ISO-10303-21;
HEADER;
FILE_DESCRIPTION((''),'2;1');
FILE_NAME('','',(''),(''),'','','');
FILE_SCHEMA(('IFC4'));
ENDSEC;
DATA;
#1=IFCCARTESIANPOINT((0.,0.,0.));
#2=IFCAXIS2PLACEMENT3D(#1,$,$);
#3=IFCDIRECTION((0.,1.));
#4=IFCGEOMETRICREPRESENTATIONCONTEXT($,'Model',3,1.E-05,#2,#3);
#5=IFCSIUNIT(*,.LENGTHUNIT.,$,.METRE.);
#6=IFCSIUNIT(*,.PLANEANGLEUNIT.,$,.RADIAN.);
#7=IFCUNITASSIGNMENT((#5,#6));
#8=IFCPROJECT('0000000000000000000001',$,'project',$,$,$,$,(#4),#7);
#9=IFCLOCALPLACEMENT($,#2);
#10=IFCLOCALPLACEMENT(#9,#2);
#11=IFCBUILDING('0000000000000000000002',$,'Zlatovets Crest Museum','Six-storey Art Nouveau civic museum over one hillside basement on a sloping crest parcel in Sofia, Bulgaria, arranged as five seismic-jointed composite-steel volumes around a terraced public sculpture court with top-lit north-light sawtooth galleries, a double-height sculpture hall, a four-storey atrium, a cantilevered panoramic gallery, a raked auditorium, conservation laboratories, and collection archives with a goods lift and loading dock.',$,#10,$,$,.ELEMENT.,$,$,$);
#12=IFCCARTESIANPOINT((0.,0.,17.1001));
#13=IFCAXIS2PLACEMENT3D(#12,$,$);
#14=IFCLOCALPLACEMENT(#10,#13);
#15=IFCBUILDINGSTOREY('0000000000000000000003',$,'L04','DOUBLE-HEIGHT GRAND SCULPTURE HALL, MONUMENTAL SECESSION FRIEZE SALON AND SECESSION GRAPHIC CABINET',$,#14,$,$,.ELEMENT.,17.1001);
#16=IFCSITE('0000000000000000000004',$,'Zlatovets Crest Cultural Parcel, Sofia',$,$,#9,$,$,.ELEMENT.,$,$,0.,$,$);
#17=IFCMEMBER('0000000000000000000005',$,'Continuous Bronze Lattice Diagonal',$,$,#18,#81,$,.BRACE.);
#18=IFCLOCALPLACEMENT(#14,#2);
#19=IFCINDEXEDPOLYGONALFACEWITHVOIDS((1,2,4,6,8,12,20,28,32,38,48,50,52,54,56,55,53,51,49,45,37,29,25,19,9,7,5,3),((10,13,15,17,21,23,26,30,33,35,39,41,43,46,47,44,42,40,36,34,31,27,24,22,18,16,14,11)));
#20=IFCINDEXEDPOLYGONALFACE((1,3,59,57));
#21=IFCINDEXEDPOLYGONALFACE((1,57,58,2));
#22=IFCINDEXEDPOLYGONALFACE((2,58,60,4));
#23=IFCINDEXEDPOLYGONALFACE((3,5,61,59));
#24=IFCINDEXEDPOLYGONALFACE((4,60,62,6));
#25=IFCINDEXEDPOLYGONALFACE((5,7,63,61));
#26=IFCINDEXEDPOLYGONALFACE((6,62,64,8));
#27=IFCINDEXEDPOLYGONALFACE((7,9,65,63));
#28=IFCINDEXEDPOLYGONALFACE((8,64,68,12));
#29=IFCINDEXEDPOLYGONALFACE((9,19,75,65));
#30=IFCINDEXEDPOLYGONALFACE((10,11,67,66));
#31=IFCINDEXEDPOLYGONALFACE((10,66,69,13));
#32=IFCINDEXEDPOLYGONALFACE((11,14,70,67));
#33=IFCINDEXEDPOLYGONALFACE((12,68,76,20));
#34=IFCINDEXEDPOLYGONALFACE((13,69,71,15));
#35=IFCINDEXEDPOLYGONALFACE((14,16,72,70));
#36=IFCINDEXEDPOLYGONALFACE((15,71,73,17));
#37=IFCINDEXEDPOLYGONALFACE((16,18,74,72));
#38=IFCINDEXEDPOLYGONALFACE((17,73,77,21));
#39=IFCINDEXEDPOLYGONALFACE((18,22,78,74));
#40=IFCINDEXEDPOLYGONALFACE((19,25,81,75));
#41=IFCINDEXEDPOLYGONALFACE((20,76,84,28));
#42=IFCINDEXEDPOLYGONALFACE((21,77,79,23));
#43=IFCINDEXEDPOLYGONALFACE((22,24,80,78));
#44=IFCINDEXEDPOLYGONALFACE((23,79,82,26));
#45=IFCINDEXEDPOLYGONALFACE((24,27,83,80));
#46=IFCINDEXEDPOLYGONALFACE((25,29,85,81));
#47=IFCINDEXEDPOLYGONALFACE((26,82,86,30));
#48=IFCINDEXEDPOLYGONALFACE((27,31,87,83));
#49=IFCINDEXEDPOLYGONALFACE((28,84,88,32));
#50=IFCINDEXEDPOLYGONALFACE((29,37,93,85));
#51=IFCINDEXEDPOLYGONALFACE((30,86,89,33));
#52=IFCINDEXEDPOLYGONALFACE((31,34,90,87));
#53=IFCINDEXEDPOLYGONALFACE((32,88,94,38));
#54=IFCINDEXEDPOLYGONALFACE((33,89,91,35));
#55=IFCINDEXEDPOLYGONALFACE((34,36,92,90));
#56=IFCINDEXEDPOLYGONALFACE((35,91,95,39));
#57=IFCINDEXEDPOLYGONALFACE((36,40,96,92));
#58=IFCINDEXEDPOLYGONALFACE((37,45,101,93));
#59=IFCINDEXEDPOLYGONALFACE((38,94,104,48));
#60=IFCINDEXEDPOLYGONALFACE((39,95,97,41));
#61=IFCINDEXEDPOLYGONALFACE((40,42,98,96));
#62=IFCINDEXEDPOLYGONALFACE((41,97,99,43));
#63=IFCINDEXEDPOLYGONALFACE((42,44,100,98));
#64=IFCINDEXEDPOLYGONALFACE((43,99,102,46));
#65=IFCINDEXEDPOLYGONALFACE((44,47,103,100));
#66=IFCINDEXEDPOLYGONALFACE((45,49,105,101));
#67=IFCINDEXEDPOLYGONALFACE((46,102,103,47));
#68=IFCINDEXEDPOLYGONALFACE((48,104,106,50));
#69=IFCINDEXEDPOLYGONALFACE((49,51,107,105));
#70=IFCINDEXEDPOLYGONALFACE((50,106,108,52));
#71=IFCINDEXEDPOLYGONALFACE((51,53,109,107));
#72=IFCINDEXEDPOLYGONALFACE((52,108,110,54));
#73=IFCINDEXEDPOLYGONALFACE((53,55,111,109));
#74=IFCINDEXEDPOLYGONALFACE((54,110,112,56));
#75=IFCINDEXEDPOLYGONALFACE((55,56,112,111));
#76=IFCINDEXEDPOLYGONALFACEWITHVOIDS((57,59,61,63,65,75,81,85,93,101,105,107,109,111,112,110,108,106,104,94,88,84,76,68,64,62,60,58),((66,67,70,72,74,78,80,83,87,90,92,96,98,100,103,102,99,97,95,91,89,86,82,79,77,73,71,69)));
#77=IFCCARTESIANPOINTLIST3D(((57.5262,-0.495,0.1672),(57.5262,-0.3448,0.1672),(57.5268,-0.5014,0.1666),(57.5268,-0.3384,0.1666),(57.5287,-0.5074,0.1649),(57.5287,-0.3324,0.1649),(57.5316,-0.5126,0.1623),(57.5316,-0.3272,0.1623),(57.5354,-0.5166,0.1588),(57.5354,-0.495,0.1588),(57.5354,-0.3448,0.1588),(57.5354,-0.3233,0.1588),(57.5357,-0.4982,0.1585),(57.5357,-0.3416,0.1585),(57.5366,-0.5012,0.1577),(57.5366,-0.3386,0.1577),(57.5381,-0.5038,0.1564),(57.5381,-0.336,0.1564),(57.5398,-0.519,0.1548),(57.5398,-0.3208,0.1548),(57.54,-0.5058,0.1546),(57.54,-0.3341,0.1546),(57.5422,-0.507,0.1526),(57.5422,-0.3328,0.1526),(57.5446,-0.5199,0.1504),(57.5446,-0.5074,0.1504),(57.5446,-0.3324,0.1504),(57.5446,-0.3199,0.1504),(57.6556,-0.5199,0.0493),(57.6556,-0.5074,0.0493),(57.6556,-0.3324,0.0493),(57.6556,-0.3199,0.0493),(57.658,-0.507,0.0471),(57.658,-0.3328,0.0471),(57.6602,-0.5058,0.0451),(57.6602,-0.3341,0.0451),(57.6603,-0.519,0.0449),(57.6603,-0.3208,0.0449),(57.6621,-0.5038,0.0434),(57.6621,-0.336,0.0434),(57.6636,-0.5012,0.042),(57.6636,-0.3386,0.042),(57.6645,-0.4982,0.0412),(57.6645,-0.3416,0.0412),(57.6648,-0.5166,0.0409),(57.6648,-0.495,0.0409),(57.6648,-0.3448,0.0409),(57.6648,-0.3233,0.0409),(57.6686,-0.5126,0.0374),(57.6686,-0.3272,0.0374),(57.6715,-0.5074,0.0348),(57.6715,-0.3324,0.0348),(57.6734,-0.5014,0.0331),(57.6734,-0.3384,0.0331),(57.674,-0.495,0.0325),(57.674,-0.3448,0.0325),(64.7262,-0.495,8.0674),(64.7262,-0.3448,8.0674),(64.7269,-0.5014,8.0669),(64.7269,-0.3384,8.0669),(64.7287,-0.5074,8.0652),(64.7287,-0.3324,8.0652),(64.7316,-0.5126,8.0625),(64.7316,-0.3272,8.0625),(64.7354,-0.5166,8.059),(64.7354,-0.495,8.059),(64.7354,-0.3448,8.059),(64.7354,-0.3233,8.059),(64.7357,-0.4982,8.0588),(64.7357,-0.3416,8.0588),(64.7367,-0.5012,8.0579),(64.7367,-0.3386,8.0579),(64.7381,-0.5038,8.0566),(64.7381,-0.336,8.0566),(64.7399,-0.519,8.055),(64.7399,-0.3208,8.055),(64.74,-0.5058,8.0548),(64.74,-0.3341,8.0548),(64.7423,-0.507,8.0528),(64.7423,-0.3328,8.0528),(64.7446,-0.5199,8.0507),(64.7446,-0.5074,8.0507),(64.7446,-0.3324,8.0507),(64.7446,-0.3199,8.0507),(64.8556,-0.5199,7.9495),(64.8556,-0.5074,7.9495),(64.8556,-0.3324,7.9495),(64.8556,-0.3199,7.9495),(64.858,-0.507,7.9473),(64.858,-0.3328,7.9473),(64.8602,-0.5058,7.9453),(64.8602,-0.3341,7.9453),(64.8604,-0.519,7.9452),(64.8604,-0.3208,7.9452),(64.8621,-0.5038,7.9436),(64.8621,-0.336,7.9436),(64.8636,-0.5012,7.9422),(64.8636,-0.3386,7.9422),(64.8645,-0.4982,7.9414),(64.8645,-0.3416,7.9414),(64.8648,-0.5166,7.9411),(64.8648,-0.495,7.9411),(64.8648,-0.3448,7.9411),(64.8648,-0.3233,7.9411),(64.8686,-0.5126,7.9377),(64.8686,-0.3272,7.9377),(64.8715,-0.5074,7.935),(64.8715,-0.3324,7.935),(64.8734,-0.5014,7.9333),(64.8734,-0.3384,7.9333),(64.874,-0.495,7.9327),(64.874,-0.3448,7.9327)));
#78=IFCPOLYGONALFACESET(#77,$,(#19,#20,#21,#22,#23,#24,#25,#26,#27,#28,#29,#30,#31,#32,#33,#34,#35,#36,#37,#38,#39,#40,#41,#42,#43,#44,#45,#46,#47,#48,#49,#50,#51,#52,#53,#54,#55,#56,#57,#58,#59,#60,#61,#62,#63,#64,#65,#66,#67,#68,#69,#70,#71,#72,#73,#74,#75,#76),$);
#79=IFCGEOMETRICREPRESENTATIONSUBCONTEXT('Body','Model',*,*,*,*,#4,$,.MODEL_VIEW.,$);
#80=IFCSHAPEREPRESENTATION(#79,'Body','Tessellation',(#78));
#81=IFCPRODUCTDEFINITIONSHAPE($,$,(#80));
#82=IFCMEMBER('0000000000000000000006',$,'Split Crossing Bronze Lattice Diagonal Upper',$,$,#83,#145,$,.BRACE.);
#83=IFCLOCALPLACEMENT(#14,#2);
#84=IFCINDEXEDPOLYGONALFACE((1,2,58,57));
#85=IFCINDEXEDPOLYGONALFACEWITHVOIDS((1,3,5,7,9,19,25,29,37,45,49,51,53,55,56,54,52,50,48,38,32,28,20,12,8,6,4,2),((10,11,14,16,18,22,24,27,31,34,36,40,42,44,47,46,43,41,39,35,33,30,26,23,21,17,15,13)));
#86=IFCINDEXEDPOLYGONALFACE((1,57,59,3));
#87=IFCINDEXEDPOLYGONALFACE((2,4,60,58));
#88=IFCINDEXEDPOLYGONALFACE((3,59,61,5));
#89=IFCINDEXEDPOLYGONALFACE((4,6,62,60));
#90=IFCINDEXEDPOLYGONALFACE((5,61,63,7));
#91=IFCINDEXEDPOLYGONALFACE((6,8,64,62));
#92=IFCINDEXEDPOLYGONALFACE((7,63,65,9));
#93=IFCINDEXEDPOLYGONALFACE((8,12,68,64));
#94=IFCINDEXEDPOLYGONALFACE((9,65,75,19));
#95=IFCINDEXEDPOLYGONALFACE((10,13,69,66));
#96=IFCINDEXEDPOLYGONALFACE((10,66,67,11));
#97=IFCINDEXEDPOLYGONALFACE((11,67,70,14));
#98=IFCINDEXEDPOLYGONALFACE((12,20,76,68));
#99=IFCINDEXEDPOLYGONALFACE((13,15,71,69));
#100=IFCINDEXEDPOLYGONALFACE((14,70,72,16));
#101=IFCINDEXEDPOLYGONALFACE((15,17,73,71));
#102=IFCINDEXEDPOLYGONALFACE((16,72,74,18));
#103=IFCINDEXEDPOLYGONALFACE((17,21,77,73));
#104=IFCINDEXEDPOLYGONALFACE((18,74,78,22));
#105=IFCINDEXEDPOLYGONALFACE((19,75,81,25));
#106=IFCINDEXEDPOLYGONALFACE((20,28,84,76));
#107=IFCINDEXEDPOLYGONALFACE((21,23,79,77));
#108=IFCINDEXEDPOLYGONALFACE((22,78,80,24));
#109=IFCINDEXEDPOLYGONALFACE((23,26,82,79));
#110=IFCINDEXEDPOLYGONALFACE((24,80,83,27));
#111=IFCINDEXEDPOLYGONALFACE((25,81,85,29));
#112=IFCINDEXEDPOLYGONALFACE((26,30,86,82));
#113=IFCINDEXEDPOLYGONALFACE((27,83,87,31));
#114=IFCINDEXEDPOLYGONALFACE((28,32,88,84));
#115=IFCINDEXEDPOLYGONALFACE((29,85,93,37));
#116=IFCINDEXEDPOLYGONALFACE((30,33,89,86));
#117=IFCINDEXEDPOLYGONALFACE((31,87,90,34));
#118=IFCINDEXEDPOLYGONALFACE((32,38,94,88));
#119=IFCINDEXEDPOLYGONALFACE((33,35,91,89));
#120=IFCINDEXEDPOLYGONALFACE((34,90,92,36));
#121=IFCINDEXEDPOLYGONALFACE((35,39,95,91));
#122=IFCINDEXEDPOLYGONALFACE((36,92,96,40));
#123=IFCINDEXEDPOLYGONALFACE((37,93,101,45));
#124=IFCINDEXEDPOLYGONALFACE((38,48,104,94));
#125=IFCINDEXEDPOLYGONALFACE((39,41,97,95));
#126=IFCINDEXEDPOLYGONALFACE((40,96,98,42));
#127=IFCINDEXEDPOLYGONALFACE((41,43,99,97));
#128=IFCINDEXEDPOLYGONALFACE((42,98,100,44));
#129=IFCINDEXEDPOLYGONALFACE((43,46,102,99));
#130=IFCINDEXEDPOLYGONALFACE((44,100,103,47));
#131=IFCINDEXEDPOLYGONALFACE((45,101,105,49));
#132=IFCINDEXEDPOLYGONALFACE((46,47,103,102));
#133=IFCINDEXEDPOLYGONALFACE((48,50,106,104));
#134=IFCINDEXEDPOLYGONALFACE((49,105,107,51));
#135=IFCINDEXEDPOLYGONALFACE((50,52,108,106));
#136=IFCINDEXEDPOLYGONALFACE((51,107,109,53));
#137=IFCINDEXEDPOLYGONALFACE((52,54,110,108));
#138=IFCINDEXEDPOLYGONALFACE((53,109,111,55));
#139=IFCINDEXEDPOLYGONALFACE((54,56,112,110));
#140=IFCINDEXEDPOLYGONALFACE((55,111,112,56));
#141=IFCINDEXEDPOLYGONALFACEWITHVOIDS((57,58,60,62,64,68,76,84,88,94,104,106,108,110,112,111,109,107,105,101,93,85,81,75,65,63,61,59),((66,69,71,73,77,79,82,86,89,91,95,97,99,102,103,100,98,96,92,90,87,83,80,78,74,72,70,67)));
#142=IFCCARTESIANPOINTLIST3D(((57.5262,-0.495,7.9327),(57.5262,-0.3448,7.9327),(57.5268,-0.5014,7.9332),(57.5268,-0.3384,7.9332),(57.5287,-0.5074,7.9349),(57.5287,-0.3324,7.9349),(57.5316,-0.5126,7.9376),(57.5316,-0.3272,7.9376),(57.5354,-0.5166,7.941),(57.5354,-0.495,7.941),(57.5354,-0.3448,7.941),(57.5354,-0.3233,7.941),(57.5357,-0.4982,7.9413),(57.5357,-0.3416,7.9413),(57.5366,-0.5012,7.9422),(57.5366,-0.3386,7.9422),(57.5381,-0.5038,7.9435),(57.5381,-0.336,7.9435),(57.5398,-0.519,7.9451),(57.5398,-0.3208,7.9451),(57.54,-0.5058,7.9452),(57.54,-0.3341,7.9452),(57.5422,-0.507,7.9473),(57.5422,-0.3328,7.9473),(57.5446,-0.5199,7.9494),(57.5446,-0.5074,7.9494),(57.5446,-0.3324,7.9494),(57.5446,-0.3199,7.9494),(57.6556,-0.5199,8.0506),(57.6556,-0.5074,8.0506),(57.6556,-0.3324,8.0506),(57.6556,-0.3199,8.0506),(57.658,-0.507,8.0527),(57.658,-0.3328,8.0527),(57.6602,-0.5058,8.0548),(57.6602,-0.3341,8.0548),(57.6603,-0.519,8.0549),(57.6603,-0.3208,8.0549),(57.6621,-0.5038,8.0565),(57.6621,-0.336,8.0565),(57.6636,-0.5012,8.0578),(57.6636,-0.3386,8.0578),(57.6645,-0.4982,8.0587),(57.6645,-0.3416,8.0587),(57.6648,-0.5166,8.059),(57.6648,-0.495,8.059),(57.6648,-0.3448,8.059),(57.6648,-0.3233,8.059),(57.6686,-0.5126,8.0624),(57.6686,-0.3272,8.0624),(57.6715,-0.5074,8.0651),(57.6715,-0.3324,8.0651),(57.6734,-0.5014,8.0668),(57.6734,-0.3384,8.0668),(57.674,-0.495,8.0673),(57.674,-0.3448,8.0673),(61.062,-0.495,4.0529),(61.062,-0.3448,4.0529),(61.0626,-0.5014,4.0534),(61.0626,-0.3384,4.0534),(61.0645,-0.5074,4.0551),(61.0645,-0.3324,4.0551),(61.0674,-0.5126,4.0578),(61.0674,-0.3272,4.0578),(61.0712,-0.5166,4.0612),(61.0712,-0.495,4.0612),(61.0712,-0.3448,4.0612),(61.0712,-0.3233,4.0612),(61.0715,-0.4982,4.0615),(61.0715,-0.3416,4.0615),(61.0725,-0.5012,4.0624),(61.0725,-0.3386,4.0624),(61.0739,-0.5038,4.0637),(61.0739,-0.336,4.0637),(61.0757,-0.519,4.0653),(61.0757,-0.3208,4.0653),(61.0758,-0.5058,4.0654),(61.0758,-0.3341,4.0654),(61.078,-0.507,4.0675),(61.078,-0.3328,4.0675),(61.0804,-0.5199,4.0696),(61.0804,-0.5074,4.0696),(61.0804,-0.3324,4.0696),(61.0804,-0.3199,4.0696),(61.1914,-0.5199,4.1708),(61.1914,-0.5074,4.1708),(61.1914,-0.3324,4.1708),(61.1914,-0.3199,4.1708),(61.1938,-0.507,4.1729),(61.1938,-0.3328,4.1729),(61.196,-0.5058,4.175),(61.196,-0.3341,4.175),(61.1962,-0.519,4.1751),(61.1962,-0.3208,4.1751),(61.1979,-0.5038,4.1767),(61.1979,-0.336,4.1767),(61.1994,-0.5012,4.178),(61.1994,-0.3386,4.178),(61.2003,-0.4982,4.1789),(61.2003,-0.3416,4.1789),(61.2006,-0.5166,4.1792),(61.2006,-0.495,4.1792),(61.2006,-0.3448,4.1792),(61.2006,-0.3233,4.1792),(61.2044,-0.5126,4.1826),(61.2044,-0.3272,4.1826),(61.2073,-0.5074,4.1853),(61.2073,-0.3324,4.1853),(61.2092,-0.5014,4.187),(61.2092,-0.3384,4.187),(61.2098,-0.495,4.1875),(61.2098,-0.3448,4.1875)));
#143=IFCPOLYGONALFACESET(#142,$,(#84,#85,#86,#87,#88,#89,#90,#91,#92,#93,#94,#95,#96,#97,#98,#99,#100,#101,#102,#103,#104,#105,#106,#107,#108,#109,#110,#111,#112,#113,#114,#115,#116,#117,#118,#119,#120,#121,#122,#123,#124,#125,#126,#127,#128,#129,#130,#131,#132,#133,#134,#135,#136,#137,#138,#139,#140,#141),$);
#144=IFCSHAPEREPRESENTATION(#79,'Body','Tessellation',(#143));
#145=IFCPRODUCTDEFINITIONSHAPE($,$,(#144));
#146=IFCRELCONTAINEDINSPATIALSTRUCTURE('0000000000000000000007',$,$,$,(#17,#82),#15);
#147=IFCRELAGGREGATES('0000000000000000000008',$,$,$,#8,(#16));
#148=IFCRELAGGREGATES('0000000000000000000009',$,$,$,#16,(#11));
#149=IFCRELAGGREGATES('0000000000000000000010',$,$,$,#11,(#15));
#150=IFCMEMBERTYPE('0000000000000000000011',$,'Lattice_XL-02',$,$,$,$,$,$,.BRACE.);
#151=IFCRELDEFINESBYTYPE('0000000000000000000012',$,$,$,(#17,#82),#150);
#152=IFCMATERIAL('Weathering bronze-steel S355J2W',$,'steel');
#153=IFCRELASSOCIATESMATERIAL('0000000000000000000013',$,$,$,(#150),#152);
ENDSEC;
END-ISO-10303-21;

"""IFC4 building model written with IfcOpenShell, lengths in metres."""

from ifc_helpers import new_model, si_unit, direction, frame, origin, origin_2d, place, context, subcontext, project, spatial, hollow_rectangle, extrude, material, material_profile, profile_set, type_object, element, save


model = new_model("IFC4")

# Units and contexts
model_context = context("Model", 3, precision=1e-05, world=origin(), true_north=direction((0.0, 1.0)))
body_context = subcontext(model_context, "Body", "Model", "MODEL_VIEW")
ifc_project = project(units=[si_unit("LENGTHUNIT", "METRE"), si_unit("PLANEANGLEUNIT", "RADIAN")], contexts=[model_context])

# Site, building, storey
site_placement = place(None, origin())
site = spatial("IfcSite", under=ifc_project, at=site_placement, Name="Zlatovets Crest Cultural Parcel, Sofia", CompositionType="ELEMENT", RefElevation=0.0)
building_placement = place(site_placement, origin())
building = spatial("IfcBuilding", under=site, at=building_placement, Name="Zlatovets Crest Museum", Description="Six-storey Art Nouveau civic museum over one hillside basement on a sloping crest parcel in Sofia, Bulgaria, arranged as five seismic-jointed composite-steel volumes around a terraced public sculpture court with top-lit north-light sawtooth galleries, a double-height sculpture hall, a four-storey atrium, a cantilevered panoramic gallery, a raked auditorium, conservation laboratories, and collection archives with a goods lift and loading dock.", CompositionType="ELEMENT")
storey_placement = place(building_placement, frame((0.0, 0.0, 17.1001)))
storey = spatial("IfcBuildingStorey", under=building, at=storey_placement, Name="L04", Description="DOUBLE-HEIGHT GRAND SCULPTURE HALL, MONUMENTAL SECESSION FRIEZE SALON AND SECESSION GRAPHIC CABINET", CompositionType="ELEMENT", Elevation=17.1001)

# Members
ifc_material_1 = material(Name="Weathering bronze-steel S355J2W", Category="steel")
ifc_material_profile_1 = material_profile(ifc_material_1, hollow_rectangle(XDim=0.2, YDim=0.2, WallThickness=0.0125, InnerFilletRadius=0.0125, OuterFilletRadius=0.0249, at=origin_2d()), Name="SHS 200x200x12.5")
ifc_profile_set_1 = profile_set([ifc_material_profile_1], Name="Weathering bronze-steel S355J2W")
member_type_1 = type_object("IfcMemberType", Name="Lattice_XL-02", PredefinedType="BRACE", material=ifc_profile_set_1)
member_1_placement = place(storey_placement, frame((57.6001, -0.4199, 0.0999), z_axis=(0.673594, 0.0, 0.739101), x_axis=(0.0, 1.0, 0.0)))
element("IfcMember", 1, at=member_1_placement, inside=storey, type_object=member_type_1, Name="Continuous Bronze Lattice Diagonal", PredefinedType="BRACE", context=body_context, shape_type="SweptSolid", body=[
    extrude(hollow_rectangle(XDim=0.2, YDim=0.2, WallThickness=0.0125, InnerFilletRadius=0.0125, OuterFilletRadius=0.0249, at=origin_2d()), origin(), (0.0, 0.0, 1.0), 10.689),
])
member_2_placement = place(storey_placement, frame((57.6001, -0.4199, 8.0), z_axis=(0.673582, 0.0, -0.739112), x_axis=(0.0, 1.0, 0.0)))
element("IfcMember", 2, at=member_2_placement, inside=storey, type_object=member_type_1, Name="Split Crossing Bronze Lattice Diagonal Upper", PredefinedType="BRACE", context=body_context, shape_type="SweptSolid", body=[
    extrude(hollow_rectangle(XDim=0.2, YDim=0.2, WallThickness=0.0125, InnerFilletRadius=0.0125, OuterFilletRadius=0.0249, at=origin_2d()), origin(), (0.0, 0.0, 1.0), 5.2493),
])

save(model, "model.ifc")
